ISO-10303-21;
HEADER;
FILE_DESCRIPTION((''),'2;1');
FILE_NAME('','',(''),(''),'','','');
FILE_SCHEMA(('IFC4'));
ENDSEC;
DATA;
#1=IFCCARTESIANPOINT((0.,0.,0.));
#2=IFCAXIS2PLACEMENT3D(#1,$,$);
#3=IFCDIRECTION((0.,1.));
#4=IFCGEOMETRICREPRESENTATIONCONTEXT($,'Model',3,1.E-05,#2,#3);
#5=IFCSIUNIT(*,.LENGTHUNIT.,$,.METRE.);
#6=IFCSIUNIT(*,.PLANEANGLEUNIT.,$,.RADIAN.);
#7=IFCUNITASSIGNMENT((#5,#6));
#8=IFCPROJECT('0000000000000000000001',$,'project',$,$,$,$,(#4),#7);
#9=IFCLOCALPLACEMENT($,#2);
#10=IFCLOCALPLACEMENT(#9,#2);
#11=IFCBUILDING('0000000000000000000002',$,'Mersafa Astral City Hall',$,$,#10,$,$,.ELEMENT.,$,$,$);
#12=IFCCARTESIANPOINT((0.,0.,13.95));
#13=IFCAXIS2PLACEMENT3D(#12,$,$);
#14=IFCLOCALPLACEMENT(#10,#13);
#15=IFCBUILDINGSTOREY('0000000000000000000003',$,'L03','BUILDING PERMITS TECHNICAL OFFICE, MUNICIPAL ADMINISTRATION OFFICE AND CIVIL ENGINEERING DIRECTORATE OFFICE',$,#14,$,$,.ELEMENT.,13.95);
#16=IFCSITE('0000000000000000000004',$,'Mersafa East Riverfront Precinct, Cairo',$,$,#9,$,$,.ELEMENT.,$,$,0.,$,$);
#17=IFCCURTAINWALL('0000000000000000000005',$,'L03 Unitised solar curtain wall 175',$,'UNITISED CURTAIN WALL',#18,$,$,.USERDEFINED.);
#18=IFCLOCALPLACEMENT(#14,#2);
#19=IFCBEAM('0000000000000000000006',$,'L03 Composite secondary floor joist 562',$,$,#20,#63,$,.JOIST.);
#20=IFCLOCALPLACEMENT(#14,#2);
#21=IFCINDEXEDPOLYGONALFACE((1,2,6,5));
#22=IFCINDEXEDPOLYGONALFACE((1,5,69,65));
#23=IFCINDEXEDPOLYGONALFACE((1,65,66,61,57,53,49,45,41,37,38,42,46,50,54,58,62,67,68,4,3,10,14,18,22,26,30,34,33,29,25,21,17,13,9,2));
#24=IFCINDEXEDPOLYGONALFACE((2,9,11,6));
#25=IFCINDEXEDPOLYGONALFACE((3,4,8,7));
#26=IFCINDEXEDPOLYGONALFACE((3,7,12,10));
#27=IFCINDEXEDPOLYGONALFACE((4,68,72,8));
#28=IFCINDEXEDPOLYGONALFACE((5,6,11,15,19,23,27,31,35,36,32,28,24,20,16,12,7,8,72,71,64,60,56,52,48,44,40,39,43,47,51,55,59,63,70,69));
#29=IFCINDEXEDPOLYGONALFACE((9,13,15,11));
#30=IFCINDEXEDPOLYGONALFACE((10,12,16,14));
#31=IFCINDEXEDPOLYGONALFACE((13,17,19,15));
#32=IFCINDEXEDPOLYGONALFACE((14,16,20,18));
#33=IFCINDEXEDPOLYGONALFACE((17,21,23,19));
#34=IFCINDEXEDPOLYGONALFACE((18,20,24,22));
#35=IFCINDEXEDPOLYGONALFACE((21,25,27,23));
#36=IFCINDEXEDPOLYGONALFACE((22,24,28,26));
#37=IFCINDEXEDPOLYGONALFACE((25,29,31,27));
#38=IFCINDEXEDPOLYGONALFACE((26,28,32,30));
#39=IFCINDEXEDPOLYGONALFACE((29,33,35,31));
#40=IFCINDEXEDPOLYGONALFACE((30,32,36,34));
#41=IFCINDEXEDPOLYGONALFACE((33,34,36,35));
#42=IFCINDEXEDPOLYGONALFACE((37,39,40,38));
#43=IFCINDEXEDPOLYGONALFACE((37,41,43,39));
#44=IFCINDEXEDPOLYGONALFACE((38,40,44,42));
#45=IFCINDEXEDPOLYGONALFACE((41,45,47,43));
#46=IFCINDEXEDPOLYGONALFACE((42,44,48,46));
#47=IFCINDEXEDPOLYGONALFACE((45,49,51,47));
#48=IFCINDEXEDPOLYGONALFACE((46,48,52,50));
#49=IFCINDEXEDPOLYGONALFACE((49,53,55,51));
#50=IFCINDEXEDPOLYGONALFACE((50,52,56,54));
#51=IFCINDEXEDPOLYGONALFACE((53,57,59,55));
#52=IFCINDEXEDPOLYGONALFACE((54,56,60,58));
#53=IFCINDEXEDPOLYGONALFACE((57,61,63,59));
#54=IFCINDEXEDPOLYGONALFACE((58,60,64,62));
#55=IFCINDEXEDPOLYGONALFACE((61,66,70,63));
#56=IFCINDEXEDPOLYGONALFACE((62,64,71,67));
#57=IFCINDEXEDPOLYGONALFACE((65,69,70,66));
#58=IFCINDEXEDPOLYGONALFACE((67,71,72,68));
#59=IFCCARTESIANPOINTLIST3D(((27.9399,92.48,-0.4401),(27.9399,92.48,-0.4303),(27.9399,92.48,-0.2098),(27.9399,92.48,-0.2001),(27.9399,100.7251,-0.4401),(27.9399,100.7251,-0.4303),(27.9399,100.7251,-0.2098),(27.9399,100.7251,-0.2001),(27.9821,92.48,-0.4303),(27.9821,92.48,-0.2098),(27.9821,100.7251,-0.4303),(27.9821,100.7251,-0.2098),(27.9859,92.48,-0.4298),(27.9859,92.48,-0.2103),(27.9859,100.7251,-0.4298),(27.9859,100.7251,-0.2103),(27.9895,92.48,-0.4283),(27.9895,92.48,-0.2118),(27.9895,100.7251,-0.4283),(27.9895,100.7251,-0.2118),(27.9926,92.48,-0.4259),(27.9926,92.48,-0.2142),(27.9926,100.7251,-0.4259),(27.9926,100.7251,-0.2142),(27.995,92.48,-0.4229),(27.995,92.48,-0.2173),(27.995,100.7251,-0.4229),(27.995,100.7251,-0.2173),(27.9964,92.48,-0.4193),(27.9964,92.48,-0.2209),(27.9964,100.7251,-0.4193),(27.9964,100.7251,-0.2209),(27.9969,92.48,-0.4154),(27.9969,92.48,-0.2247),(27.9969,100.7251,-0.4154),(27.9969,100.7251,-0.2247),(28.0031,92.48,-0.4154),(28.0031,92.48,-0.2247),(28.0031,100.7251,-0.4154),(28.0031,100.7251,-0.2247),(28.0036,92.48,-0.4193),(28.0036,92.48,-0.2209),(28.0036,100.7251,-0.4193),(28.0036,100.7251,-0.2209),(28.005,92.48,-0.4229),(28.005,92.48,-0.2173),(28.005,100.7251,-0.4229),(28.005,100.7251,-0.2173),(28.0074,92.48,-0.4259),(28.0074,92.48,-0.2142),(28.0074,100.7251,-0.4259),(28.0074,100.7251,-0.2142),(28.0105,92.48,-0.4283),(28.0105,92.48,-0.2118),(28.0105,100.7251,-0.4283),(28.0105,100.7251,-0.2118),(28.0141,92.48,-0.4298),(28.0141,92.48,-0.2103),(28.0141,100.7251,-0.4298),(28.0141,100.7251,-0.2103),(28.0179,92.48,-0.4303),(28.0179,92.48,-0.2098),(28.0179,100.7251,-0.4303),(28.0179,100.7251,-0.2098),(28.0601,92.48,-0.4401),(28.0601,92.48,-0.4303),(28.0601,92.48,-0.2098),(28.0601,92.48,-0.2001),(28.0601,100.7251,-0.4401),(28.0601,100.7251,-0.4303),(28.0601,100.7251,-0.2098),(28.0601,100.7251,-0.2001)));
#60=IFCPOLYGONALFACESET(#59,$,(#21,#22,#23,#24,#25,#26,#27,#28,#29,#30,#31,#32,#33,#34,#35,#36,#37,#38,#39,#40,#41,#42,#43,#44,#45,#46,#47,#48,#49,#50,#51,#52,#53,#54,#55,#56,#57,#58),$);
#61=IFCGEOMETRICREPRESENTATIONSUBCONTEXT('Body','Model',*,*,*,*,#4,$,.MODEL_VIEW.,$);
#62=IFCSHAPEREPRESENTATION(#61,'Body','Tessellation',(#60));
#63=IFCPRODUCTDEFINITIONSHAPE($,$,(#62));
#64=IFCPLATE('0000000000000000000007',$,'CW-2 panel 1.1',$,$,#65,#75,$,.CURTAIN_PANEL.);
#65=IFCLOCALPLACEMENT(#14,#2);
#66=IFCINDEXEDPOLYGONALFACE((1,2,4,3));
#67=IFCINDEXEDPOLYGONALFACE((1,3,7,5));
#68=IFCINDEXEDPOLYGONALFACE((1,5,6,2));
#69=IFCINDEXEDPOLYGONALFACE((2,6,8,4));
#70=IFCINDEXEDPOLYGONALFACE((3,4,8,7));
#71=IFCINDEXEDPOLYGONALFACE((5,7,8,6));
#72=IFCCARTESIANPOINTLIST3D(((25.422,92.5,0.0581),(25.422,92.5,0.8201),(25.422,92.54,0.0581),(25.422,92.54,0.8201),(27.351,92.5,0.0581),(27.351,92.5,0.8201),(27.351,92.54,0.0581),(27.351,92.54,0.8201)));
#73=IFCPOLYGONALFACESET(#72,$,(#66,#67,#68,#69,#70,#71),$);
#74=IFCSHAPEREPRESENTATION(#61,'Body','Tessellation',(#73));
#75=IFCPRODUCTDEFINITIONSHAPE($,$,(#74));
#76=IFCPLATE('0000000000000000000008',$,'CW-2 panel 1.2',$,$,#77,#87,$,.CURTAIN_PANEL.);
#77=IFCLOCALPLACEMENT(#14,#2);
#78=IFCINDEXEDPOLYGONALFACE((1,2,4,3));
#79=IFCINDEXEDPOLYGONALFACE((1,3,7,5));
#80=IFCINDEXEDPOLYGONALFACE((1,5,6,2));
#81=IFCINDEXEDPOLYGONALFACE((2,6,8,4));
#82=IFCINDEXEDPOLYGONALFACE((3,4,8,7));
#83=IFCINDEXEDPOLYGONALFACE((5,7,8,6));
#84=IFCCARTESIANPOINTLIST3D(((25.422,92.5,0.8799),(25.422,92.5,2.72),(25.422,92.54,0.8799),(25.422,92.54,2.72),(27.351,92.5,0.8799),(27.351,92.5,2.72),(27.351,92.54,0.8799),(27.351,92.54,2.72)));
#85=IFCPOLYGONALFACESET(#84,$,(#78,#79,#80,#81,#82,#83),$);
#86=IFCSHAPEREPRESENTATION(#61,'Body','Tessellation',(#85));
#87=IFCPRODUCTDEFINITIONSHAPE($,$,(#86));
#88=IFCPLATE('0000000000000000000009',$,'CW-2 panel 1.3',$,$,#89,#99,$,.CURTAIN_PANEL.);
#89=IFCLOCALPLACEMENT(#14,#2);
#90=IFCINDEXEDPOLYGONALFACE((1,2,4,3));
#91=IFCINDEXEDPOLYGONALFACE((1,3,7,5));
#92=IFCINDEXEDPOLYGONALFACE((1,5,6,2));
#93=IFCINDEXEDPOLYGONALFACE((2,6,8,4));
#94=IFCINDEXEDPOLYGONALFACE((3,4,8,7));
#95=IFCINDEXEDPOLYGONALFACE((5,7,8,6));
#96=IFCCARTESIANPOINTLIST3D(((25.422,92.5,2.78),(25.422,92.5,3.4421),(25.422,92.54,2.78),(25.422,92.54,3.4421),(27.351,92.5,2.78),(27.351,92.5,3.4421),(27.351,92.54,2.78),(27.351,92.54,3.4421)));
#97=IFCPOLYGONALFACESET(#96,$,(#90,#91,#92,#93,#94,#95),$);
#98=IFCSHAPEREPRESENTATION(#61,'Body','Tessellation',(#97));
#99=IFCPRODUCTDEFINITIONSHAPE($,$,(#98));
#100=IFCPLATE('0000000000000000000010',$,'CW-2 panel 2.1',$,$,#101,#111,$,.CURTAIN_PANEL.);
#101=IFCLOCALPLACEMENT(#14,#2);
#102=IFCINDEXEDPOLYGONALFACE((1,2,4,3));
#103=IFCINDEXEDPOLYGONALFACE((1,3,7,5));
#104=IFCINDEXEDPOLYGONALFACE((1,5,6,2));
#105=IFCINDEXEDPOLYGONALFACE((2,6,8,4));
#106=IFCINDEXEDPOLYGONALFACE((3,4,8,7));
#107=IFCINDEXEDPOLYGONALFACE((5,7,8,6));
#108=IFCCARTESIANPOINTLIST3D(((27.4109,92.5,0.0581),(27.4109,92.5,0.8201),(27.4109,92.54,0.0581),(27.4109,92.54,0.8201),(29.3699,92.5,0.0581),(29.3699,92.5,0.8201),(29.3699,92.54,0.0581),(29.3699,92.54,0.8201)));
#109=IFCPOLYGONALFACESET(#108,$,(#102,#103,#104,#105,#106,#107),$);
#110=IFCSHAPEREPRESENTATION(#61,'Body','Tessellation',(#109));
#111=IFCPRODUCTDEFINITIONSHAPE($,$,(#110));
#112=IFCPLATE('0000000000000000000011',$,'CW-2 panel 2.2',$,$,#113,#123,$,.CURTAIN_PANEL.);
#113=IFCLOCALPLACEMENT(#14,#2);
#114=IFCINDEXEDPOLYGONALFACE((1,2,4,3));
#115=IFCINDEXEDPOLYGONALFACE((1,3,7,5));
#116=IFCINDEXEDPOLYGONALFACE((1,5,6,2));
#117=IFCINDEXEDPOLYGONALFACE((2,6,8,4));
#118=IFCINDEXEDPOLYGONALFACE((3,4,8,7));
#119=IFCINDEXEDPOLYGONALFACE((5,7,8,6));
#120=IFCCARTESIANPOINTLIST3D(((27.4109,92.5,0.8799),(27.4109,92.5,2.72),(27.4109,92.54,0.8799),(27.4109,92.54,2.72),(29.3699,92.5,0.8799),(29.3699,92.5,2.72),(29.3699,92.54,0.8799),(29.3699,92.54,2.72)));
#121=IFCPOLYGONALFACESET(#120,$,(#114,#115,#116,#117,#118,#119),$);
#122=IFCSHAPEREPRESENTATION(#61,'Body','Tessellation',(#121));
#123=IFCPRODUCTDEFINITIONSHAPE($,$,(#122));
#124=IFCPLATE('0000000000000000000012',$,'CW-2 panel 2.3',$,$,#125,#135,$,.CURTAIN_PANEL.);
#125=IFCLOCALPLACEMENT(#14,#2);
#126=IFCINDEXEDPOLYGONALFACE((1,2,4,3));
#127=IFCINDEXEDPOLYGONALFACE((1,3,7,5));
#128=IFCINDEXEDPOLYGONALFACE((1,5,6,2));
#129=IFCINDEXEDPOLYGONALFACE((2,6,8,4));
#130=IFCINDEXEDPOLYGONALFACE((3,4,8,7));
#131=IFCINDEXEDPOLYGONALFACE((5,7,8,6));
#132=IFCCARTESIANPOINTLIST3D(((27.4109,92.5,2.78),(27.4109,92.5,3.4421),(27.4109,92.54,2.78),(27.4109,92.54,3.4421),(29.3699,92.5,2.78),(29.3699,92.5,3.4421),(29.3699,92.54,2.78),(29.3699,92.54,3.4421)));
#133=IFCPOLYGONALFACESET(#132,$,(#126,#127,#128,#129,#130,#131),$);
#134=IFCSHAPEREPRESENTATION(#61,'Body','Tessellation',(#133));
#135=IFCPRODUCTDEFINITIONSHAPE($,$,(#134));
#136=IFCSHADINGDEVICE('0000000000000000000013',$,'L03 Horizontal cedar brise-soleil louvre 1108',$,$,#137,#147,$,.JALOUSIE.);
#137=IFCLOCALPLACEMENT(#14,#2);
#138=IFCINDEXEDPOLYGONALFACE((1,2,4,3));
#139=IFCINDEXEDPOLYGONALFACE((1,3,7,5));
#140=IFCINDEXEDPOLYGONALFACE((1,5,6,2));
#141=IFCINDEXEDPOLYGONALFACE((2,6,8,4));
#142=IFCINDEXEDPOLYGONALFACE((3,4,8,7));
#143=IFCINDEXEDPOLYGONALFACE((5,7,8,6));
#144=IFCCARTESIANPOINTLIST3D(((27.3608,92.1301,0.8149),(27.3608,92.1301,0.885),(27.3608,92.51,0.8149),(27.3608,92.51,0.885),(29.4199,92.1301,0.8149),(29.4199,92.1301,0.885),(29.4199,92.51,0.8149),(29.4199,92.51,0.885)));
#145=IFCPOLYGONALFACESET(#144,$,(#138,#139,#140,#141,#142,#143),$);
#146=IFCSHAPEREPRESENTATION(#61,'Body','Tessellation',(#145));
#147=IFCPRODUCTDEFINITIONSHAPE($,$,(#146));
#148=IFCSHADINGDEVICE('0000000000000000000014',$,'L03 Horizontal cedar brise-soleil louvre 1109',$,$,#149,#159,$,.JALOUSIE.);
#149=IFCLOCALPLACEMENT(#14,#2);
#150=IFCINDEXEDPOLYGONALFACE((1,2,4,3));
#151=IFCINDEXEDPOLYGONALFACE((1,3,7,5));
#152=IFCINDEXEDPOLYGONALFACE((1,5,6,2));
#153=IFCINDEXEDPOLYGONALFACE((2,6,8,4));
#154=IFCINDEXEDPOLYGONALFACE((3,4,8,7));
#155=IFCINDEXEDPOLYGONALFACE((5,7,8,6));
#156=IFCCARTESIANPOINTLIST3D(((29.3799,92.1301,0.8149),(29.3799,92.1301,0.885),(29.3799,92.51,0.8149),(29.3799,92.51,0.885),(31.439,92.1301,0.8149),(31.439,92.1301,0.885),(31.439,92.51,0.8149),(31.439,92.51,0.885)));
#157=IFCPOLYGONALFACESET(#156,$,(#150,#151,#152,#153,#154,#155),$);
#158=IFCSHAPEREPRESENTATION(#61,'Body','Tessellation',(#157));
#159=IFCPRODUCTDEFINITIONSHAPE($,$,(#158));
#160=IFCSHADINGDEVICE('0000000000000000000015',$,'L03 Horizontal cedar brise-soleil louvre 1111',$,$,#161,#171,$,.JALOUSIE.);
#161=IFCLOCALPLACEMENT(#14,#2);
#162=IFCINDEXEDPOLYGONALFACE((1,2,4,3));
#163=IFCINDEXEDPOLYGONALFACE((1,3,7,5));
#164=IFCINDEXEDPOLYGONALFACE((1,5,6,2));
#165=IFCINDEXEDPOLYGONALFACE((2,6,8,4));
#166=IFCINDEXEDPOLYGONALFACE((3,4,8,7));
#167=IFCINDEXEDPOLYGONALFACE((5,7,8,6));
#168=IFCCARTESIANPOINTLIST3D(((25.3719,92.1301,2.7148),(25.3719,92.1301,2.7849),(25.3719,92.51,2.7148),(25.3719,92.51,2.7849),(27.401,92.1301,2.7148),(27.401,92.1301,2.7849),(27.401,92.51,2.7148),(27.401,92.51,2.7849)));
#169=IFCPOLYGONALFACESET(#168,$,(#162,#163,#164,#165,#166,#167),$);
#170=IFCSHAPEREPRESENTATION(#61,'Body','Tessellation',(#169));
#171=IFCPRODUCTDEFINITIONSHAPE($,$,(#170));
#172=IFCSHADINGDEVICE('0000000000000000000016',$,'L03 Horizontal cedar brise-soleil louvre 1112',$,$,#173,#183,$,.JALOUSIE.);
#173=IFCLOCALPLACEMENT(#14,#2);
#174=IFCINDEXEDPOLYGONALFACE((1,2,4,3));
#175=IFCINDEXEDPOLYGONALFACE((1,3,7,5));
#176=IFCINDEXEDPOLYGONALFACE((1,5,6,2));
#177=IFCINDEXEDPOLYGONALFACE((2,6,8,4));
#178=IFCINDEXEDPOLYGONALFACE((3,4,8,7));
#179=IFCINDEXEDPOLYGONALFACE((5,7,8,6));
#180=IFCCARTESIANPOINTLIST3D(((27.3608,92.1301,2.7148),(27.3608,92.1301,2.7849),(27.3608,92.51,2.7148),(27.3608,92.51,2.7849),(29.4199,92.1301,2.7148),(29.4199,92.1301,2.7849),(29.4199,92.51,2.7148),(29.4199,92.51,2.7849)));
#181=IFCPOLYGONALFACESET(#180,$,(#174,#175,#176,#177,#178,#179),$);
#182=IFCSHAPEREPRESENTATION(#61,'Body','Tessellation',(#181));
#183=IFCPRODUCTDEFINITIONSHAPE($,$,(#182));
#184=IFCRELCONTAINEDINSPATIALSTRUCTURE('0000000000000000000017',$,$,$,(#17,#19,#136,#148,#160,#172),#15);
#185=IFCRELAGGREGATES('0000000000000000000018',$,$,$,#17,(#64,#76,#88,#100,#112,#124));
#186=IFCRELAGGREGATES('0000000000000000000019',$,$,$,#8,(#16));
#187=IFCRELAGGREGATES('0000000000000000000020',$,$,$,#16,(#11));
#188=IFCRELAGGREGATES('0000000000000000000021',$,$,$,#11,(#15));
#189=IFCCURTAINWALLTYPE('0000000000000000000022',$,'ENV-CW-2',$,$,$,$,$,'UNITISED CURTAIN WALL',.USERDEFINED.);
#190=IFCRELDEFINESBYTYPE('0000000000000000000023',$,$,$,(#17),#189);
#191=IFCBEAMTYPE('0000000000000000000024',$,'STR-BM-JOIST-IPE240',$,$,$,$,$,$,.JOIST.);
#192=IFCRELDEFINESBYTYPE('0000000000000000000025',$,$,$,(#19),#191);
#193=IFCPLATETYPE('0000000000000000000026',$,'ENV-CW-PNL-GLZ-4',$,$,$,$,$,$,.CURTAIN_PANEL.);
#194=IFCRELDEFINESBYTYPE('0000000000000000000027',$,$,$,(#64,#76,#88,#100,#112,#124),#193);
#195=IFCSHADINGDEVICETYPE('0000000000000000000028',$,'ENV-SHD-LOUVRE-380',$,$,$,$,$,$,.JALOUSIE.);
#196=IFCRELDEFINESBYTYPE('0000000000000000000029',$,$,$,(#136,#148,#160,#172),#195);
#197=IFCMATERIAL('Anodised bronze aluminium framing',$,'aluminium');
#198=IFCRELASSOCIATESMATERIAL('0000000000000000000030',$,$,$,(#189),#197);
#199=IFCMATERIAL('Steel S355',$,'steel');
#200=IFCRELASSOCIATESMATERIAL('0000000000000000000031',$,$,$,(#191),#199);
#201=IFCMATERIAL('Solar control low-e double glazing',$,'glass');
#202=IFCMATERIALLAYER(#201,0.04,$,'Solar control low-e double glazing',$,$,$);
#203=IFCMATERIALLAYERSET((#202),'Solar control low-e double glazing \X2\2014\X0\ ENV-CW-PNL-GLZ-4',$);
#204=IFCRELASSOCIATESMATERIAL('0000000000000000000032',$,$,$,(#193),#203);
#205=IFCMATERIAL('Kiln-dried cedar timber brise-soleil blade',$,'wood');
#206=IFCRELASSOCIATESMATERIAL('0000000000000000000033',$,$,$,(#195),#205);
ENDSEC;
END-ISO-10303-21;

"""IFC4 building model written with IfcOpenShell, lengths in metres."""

from ifc_helpers import new_model, si_unit, direction, frame, origin, origin_2d, place, context, subcontext, project, spatial, rectangle, i_section, extrude, material, layer, layer_set, material_profile, profile_set, type_object, element, aggregate, save


model = new_model("IFC4")

# Units and contexts
model_context = context("Model", 3, precision=1e-05, world=origin(), true_north=direction((0.0, 1.0)))
body_context = subcontext(model_context, "Body", "Model", "MODEL_VIEW")
ifc_project = project(units=[si_unit("LENGTHUNIT", "METRE"), si_unit("PLANEANGLEUNIT", "RADIAN")], contexts=[model_context])

# Site, building, storey
site_placement = place(None, origin())
site = spatial("IfcSite", under=ifc_project, at=site_placement, Name="Mersafa East Riverfront Precinct, Cairo", CompositionType="ELEMENT", RefElevation=0.0)
building_placement = place(site_placement, origin())
building = spatial("IfcBuilding", under=site, at=building_placement, Name="Mersafa Astral City Hall", CompositionType="ELEMENT")
storey_placement = place(building_placement, frame((0.0, 0.0, 13.95)))
storey = spatial("IfcBuildingStorey", under=building, at=storey_placement, Name="L03", Description="BUILDING PERMITS TECHNICAL OFFICE, MUNICIPAL ADMINISTRATION OFFICE AND CIVIL ENGINEERING DIRECTORATE OFFICE", CompositionType="ELEMENT", Elevation=13.95)

# Curtain wall
ifc_material_1 = material(Name="Anodised bronze aluminium framing", Category="aluminium")
curtain_wall_type = type_object("IfcCurtainWallType", Name="ENV-CW-2", ElementType="UNITISED CURTAIN WALL", PredefinedType="USERDEFINED", material=ifc_material_1)
curtain_wall_placement = place(storey_placement, origin())
curtain_wall = element("IfcCurtainWall", 1, at=curtain_wall_placement, inside=storey, type_object=curtain_wall_type, Name="L03 Unitised solar curtain wall 175", ObjectType="UNITISED CURTAIN WALL", PredefinedType="USERDEFINED")

# Beam
ifc_material_2 = material(Name="Steel S355", Category="steel")
ifc_material_profile_1 = material_profile(ifc_material_2, i_section(OverallWidth=0.1201, OverallDepth=0.24, WebThickness=0.0061, FlangeThickness=0.0098, FilletRadius=0.0149, at=origin_2d()), Name="IPE 240")
ifc_profile_set_1 = profile_set([ifc_material_profile_1], Name="Steel S355")
beam_type = type_object("IfcBeamType", Name="STR-BM-JOIST-IPE240", PredefinedType="JOIST", material=ifc_profile_set_1)
beam_placement = place(storey_placement, frame((28.0, 92.48, -0.3201), z_axis=(0.0, 1.0, 0.0), x_axis=(-1.0, 0.0, 0.0)))
element("IfcBeam", 2, at=beam_placement, inside=storey, type_object=beam_type, Name="L03 Composite secondary floor joist 562", PredefinedType="JOIST", context=body_context, shape_type="SweptSolid", body=[
    extrude(i_section(OverallWidth=0.1201, OverallDepth=0.24, WebThickness=0.0061, FlangeThickness=0.0098, FilletRadius=0.0149, at=origin_2d()), origin(), (0.0, 0.0, 1.0), 8.2451),
])

# Plates
ifc_material_3 = material(Name="Solar control low-e double glazing", Category="glass")
ifc_layer = layer(ifc_material_3, 0.04, Name="Solar control low-e double glazing")
ifc_layer_set = layer_set([ifc_layer], Name="Solar control low-e double glazing — ENV-CW-PNL-GLZ-4")
plate_type = type_object("IfcPlateType", Name="ENV-CW-PNL-GLZ-4", PredefinedType="CURTAIN_PANEL", material=ifc_layer_set)
plate_1_placement = place(storey_placement, frame((26.3865, 92.52, 0.0581), z_axis=(0.0, 0.0, 1.0), x_axis=(1.0, 0.0, 0.0)))
plate_1 = element("IfcPlate", 3, at=plate_1_placement, type_object=plate_type, Name="CW-2 panel 1.1", PredefinedType="CURTAIN_PANEL", context=body_context, shape_type="SweptSolid", body=[
    extrude(rectangle(XDim=1.929, YDim=0.04, at=origin_2d()), origin(), (0.0, 0.0, 1.0), 0.762),
])
plate_2_placement = place(storey_placement, frame((26.3865, 92.52, 0.8799), z_axis=(0.0, 0.0, 1.0), x_axis=(1.0, 0.0, 0.0)))
plate_2 = element("IfcPlate", 4, at=plate_2_placement, type_object=plate_type, Name="CW-2 panel 1.2", PredefinedType="CURTAIN_PANEL", context=body_context, shape_type="SweptSolid", body=[
    extrude(rectangle(XDim=1.929, YDim=0.04, at=origin_2d()), origin(), (0.0, 0.0, 1.0), 1.8401),
])
plate_3_placement = place(storey_placement, frame((26.3865, 92.52, 2.78), z_axis=(0.0, 0.0, 1.0), x_axis=(1.0, 0.0, 0.0)))
plate_3 = element("IfcPlate", 5, at=plate_3_placement, type_object=plate_type, Name="CW-2 panel 1.3", PredefinedType="CURTAIN_PANEL", context=body_context, shape_type="SweptSolid", body=[
    extrude(rectangle(XDim=1.929, YDim=0.04, at=origin_2d()), origin(), (0.0, 0.0, 1.0), 0.6621),
])
plate_4_placement = place(storey_placement, frame((28.3904, 92.52, 0.0581), z_axis=(0.0, 0.0, 1.0), x_axis=(1.0, 0.0, 0.0)))
plate_4 = element("IfcPlate", 6, at=plate_4_placement, type_object=plate_type, Name="CW-2 panel 2.1", PredefinedType="CURTAIN_PANEL", context=body_context, shape_type="SweptSolid", body=[
    extrude(rectangle(XDim=1.959, YDim=0.04, at=origin_2d()), origin(), (0.0, 0.0, 1.0), 0.762),
])
plate_5_placement = place(storey_placement, frame((28.3904, 92.52, 0.8799), z_axis=(0.0, 0.0, 1.0), x_axis=(1.0, 0.0, 0.0)))
plate_5 = element("IfcPlate", 7, at=plate_5_placement, type_object=plate_type, Name="CW-2 panel 2.2", PredefinedType="CURTAIN_PANEL", context=body_context, shape_type="SweptSolid", body=[
    extrude(rectangle(XDim=1.959, YDim=0.04, at=origin_2d()), origin(), (0.0, 0.0, 1.0), 1.8401),
])
plate_6_placement = place(storey_placement, frame((28.3904, 92.52, 2.78), z_axis=(0.0, 0.0, 1.0), x_axis=(1.0, 0.0, 0.0)))
plate_6 = element("IfcPlate", 8, at=plate_6_placement, type_object=plate_type, Name="CW-2 panel 2.3", PredefinedType="CURTAIN_PANEL", context=body_context, shape_type="SweptSolid", body=[
    extrude(rectangle(XDim=1.959, YDim=0.04, at=origin_2d()), origin(), (0.0, 0.0, 1.0), 0.6621),
])
aggregate(curtain_wall, [plate_1, plate_2, plate_3, plate_4, plate_5, plate_6])

# Shading devices
ifc_material_4 = material(Name="Kiln-dried cedar timber brise-soleil blade", Category="wood")
shading_device_type = type_object("IfcShadingDeviceType", Name="ENV-SHD-LOUVRE-380", PredefinedType="JALOUSIE", material=ifc_material_4)
for number, where, z_axis, x_axis, name in (
    (9, (28.3904, 92.3201, 0.8149), (0.0, 0.0, 1.0), (1.0, 0.0, 0.0), "L03 Horizontal cedar brise-soleil louvre 1108"),
    (10, (30.4094, 92.3201, 0.8149), (0.0, 0.0, 1.0), (1.0, 0.0, 0.0), "L03 Horizontal cedar brise-soleil louvre 1109"),
):
    element("IfcShadingDevice", number, at=place(storey_placement, frame(where, z_axis=z_axis, x_axis=x_axis)), inside=storey, type_object=shading_device_type, Name=name, PredefinedType="JALOUSIE", context=body_context, shape_type="SweptSolid", body=[
        extrude(rectangle(XDim=2.0591, YDim=0.3799, at=origin_2d()), origin(), (0.0, 0.0, 1.0), 0.0701),
    ])
shading_device_1_placement = place(storey_placement, frame((26.3865, 92.3201, 2.7148), z_axis=(0.0, 0.0, 1.0), x_axis=(1.0, 0.0, 0.0)))
element("IfcShadingDevice", 11, at=shading_device_1_placement, inside=storey, type_object=shading_device_type, Name="L03 Horizontal cedar brise-soleil louvre 1111", PredefinedType="JALOUSIE", context=body_context, shape_type="SweptSolid", body=[
    extrude(rectangle(XDim=2.0291, YDim=0.3799, at=origin_2d()), origin(), (0.0, 0.0, 1.0), 0.0701),
])
shading_device_2_placement = place(storey_placement, frame((28.3904, 92.3201, 2.7148), z_axis=(0.0, 0.0, 1.0), x_axis=(1.0, 0.0, 0.0)))
element("IfcShadingDevice", 12, at=shading_device_2_placement, inside=storey, type_object=shading_device_type, Name="L03 Horizontal cedar brise-soleil louvre 1112", PredefinedType="JALOUSIE", context=body_context, shape_type="SweptSolid", body=[
    extrude(rectangle(XDim=2.0591, YDim=0.3799, at=origin_2d()), origin(), (0.0, 0.0, 1.0), 0.0701),
])

save(model, "model.ifc")
